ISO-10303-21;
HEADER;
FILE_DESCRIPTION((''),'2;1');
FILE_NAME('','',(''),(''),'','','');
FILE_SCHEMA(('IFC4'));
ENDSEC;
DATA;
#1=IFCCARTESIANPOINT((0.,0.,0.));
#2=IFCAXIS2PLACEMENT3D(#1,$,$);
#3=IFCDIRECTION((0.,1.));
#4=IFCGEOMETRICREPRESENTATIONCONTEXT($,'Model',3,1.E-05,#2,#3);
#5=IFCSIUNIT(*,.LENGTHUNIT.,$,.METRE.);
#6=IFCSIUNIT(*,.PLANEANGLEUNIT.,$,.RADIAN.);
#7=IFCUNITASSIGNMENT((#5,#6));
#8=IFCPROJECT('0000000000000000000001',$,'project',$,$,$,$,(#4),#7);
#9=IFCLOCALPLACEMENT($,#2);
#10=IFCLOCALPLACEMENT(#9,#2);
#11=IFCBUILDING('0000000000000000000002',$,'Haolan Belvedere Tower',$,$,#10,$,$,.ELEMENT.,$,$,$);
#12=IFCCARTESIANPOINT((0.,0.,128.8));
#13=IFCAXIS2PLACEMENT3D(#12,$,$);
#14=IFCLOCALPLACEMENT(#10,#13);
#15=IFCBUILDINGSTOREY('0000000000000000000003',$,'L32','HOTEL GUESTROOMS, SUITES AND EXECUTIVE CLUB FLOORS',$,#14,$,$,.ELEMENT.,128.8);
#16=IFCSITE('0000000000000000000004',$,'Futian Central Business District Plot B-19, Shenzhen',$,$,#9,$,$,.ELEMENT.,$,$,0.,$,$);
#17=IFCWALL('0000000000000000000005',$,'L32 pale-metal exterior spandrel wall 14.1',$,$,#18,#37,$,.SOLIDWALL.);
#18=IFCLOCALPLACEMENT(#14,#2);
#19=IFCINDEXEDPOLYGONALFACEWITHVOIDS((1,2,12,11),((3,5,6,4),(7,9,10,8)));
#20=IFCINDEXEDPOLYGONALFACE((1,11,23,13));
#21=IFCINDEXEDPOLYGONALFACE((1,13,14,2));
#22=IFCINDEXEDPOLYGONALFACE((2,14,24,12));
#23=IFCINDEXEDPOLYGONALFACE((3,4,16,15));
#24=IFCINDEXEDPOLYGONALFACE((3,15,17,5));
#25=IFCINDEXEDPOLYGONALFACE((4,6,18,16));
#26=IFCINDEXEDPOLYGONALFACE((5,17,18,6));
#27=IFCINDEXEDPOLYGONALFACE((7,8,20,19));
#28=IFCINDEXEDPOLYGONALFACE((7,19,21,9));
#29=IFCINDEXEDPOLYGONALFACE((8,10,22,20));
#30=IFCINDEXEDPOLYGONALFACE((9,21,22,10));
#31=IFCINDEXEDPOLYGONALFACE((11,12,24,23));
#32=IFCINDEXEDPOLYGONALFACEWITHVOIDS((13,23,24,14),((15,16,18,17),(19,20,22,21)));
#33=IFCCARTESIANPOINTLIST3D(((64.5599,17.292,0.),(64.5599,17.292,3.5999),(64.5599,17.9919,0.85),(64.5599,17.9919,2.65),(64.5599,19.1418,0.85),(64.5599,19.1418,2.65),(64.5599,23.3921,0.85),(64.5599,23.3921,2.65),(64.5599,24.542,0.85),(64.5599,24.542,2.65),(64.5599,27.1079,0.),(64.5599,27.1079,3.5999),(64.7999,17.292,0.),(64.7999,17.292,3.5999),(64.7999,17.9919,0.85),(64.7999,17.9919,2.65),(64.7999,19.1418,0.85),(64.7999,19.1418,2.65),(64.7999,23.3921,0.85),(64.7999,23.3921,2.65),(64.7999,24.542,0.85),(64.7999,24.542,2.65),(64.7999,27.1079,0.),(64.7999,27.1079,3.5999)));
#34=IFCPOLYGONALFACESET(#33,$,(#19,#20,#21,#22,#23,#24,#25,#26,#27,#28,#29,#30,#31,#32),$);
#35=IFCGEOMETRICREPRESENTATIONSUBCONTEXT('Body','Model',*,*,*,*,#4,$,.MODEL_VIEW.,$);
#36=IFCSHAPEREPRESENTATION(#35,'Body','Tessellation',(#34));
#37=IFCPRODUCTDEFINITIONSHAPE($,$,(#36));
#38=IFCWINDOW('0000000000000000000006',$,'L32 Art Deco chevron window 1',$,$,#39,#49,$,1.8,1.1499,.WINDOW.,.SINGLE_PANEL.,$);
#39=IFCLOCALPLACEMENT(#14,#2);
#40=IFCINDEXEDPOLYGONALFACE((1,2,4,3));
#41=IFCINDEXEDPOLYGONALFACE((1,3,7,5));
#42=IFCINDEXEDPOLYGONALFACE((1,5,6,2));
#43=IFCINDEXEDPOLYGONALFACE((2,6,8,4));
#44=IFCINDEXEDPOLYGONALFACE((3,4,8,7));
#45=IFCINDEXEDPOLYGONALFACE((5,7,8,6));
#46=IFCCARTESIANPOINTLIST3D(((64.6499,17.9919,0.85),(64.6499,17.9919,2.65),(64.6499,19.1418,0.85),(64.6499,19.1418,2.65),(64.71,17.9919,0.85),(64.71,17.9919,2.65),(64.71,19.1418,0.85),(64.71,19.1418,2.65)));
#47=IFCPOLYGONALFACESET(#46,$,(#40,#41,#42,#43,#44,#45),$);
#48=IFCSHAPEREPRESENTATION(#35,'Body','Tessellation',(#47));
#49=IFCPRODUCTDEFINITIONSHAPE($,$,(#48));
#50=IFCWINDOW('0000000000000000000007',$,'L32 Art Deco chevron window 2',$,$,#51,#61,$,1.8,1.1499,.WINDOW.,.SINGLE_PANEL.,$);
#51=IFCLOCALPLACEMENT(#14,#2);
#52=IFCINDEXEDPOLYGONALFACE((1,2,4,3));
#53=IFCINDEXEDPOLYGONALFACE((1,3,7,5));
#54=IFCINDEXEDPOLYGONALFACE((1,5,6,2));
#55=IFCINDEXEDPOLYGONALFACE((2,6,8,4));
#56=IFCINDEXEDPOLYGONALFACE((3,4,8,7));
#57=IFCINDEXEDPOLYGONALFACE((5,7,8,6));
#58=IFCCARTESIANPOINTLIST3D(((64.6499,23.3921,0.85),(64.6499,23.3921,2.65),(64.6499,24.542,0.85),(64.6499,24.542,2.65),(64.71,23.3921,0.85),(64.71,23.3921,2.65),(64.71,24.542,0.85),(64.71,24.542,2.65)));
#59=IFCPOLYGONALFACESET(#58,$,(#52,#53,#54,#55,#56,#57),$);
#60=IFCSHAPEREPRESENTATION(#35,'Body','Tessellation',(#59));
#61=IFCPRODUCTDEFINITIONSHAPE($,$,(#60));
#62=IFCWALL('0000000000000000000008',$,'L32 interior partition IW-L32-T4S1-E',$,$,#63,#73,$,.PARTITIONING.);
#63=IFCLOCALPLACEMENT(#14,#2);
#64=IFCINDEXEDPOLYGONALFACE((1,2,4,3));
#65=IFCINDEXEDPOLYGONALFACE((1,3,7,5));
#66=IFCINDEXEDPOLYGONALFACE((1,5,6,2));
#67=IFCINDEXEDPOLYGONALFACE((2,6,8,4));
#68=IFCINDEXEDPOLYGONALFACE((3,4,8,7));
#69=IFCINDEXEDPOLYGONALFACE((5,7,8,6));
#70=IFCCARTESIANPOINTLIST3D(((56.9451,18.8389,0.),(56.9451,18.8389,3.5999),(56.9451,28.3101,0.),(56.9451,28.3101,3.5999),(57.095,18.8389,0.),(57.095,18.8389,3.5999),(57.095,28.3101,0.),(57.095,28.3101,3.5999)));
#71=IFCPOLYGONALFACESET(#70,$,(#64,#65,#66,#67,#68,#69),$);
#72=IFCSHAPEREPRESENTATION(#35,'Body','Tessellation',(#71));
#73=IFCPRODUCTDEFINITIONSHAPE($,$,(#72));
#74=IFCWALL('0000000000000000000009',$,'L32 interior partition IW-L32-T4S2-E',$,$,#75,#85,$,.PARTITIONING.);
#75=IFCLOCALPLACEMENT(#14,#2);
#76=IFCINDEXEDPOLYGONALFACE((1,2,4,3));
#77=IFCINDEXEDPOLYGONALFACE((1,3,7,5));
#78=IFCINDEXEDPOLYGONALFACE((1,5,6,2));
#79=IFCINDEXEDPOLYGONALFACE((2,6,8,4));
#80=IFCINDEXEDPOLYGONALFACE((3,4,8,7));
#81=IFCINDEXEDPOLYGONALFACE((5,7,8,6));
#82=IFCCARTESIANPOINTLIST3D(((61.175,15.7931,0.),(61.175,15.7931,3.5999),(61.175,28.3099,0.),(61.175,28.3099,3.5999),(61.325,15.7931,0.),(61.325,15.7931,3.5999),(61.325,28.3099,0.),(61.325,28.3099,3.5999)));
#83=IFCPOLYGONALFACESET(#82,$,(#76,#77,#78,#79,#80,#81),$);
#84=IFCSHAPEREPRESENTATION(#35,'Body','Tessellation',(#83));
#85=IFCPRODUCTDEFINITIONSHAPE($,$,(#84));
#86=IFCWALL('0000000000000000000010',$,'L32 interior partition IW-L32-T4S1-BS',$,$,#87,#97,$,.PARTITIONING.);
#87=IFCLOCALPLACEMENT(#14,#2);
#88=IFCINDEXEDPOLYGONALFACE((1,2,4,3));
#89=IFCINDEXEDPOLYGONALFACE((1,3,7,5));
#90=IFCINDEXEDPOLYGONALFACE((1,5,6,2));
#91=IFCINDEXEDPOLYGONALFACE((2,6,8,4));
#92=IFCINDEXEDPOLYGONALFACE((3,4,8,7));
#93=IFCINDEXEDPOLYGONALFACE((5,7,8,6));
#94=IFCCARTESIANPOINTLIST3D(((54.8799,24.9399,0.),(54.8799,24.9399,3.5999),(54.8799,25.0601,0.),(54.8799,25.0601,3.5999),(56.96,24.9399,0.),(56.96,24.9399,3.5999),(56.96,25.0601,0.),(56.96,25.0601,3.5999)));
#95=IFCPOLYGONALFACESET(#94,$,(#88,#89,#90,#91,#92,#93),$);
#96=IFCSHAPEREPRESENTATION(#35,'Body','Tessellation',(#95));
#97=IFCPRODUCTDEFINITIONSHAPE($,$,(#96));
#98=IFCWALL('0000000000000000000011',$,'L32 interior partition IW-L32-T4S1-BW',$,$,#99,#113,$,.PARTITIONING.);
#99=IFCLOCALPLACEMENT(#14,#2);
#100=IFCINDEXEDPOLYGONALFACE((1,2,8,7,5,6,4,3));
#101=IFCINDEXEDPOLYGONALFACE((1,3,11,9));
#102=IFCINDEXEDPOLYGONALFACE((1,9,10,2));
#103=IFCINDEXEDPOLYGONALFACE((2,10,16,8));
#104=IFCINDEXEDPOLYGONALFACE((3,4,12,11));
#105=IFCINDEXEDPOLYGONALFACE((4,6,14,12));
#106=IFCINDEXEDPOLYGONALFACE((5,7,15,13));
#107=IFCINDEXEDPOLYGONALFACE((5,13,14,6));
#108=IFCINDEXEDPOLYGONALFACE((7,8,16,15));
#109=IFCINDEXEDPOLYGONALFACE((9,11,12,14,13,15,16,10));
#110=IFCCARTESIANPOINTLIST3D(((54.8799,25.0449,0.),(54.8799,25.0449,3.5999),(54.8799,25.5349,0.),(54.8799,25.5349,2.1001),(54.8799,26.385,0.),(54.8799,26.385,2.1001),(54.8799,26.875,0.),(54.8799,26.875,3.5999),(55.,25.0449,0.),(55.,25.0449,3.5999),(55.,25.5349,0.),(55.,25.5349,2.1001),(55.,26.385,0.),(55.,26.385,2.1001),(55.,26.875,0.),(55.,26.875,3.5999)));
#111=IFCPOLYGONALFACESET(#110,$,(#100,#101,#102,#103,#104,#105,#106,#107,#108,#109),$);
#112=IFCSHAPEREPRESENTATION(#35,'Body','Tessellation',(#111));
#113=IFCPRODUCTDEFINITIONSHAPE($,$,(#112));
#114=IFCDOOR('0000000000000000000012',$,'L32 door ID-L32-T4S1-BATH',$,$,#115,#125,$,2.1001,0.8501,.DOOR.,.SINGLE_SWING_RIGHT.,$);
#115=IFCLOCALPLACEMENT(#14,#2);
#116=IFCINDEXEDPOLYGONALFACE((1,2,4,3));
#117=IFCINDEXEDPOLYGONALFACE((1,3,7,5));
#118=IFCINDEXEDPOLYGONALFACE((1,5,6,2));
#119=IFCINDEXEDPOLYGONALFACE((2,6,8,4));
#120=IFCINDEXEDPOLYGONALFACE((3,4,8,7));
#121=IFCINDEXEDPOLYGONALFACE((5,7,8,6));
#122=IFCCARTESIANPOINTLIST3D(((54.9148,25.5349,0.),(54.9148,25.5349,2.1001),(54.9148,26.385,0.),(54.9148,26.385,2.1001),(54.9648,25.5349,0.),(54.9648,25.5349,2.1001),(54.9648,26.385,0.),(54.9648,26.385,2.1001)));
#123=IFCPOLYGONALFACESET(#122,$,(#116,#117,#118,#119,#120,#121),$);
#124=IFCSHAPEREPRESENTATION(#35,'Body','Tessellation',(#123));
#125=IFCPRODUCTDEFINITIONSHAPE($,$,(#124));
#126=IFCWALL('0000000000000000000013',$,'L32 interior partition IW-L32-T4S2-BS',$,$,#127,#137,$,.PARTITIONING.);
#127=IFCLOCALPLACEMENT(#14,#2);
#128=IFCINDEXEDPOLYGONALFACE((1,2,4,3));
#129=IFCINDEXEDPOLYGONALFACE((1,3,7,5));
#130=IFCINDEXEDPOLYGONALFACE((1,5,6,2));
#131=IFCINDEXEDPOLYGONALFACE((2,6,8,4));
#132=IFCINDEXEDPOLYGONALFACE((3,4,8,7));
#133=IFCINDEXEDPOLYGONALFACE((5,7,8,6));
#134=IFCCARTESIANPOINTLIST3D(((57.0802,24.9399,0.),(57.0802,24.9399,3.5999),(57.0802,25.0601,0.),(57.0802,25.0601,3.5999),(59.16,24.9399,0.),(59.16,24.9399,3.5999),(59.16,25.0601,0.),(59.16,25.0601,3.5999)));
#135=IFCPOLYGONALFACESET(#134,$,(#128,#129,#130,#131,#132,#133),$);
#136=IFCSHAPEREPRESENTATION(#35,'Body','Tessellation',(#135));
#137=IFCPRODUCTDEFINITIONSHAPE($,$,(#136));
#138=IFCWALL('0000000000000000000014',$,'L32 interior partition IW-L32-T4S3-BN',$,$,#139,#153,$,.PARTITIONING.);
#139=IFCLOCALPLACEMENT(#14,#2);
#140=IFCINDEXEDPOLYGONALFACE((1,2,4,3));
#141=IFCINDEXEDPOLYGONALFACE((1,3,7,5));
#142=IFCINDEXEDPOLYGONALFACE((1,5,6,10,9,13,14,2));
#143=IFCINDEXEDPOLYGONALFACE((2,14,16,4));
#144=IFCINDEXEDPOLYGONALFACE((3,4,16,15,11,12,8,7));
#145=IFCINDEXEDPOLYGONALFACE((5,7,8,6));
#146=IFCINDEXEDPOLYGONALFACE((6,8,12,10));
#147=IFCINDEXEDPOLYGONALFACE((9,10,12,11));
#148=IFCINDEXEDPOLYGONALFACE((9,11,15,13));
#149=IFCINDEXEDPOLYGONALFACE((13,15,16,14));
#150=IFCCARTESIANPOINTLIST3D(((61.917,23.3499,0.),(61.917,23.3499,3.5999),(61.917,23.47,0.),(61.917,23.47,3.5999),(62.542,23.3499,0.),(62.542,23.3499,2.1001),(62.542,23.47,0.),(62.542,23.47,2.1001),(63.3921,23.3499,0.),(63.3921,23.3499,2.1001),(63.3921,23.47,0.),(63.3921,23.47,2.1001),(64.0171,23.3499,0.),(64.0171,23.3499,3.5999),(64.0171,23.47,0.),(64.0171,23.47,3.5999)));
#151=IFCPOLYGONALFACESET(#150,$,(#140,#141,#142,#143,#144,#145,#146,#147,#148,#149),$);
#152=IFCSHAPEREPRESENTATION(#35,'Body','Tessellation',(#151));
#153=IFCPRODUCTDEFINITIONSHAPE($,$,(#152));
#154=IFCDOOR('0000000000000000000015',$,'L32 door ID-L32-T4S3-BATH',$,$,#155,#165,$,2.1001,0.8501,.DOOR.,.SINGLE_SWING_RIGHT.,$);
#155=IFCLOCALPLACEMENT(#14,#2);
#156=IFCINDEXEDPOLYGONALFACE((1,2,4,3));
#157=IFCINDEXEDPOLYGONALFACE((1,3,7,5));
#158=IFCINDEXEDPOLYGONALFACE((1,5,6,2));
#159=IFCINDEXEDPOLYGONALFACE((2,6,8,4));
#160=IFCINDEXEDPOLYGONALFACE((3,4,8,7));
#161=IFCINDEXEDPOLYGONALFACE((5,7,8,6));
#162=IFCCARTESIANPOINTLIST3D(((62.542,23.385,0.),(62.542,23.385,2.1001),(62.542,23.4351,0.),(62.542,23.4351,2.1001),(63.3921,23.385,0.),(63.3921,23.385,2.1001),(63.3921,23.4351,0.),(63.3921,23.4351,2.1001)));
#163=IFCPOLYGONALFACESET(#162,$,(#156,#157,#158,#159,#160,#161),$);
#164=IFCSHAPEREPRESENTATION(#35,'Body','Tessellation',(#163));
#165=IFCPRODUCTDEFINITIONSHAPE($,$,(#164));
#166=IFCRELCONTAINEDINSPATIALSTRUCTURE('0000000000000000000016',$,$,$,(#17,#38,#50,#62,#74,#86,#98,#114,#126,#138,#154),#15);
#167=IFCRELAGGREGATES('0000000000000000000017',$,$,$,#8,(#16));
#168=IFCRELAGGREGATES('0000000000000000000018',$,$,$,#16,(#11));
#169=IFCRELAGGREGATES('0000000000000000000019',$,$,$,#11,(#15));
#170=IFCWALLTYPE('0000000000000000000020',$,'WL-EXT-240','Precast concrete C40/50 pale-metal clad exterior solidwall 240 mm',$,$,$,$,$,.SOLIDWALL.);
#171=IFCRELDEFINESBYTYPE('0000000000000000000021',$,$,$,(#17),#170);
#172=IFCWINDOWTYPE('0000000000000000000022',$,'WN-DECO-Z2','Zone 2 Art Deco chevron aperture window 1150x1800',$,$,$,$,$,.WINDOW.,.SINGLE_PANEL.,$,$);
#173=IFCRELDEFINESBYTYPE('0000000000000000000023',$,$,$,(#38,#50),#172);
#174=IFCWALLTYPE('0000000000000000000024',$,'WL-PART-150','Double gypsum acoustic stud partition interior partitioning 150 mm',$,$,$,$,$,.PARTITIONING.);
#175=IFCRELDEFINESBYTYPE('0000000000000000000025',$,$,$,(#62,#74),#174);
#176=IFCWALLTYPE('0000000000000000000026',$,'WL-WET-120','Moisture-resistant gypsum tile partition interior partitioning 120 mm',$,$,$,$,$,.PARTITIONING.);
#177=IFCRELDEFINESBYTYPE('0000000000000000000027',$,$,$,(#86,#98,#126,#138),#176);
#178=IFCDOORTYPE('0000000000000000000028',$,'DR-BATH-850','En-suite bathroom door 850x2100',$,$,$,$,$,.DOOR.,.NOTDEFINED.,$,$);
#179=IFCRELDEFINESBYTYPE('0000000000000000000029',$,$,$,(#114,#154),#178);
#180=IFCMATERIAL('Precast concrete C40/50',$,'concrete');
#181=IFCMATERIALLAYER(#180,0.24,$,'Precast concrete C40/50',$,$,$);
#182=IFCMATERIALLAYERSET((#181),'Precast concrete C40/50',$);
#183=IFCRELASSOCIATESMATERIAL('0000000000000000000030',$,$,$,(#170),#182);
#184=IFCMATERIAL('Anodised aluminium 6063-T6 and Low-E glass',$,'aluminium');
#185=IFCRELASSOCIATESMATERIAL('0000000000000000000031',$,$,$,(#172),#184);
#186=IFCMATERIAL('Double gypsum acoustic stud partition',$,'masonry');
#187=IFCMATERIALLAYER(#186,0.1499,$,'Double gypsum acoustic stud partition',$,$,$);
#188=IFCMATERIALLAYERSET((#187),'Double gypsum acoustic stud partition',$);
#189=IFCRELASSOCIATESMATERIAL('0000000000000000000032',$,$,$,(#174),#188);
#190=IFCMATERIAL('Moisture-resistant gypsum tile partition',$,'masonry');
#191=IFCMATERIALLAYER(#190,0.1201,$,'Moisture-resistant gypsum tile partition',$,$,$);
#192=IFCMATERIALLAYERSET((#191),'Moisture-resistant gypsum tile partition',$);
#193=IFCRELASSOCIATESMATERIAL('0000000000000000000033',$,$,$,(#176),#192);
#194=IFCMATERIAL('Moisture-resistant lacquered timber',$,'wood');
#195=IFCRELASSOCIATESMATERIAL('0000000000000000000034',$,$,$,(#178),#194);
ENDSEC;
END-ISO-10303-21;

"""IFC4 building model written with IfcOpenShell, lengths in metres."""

from ifc_helpers import new_model, si_unit, direction, frame, frame_2d, origin, place, context, subcontext, project, spatial, rectangle, extrude, material, layer, layer_set, type_object, element, fill, save


model = new_model("IFC4")

# Units and contexts
model_context = context("Model", 3, precision=1e-05, world=origin(), true_north=direction((0.0, 1.0)))
body_context = subcontext(model_context, "Body", "Model", "MODEL_VIEW")
ifc_project = project(units=[si_unit("LENGTHUNIT", "METRE"), si_unit("PLANEANGLEUNIT", "RADIAN")], contexts=[model_context])

# Site, building, storey
site_placement = place(None, origin())
site = spatial("IfcSite", under=ifc_project, at=site_placement, Name="Futian Central Business District Plot B-19, Shenzhen", CompositionType="ELEMENT", RefElevation=0.0)
building_placement = place(site_placement, origin())
building = spatial("IfcBuilding", under=site, at=building_placement, Name="Haolan Belvedere Tower", CompositionType="ELEMENT")
storey_placement = place(building_placement, frame((0.0, 0.0, 128.8)))
storey = spatial("IfcBuildingStorey", under=building, at=storey_placement, Name="L32", Description="HOTEL GUESTROOMS, SUITES AND EXECUTIVE CLUB FLOORS", CompositionType="ELEMENT", Elevation=128.8)

# Shared definitions
ifc_material_1 = material(Name="Precast concrete C40/50", Category="concrete")
ifc_layer_1 = layer(ifc_material_1, 0.24, Name="Precast concrete C40/50")
ifc_layer_set_1 = layer_set([ifc_layer_1], Name="Precast concrete C40/50")
wall_type_1 = type_object("IfcWallType", Name="WL-EXT-240", Description="Precast concrete C40/50 pale-metal clad exterior solidwall 240 mm", PredefinedType="SOLIDWALL", material=ifc_layer_set_1)
ifc_material_2 = material(Name="Anodised aluminium 6063-T6 and Low-E glass", Category="aluminium")
window_type = type_object("IfcWindowType", Name="WN-DECO-Z2", Description="Zone 2 Art Deco chevron aperture window 1150x1800", PartitioningType="SINGLE_PANEL", PredefinedType="WINDOW", material=ifc_material_2)

# Wall, openings, windows
wall_1_placement = place(storey_placement, frame((64.6799, 17.292, 0.0), z_axis=(0.0, 0.0, 1.0), x_axis=(0.0, 1.0, 0.0)))
wall_1 = element("IfcWall", 1, at=wall_1_placement, inside=storey, type_object=wall_type_1, Name="L32 pale-metal exterior spandrel wall 14.1", PredefinedType="SOLIDWALL", context=body_context, shape_type="SweptSolid", body=[
    extrude(rectangle(XDim=9.8159, YDim=0.24, at=frame_2d((4.908, 0.0))), origin(), (0.0, 0.0, 1.0), 3.5999),
])
opening_1_placement = place(wall_1_placement, frame((0.7, 0.0, 0.8501)))
opening_1 = element("IfcOpeningElement", 2, at=opening_1_placement, cuts=wall_1, PredefinedType="OPENING", context=body_context, shape_type="SweptSolid", body=[
    extrude(rectangle(XDim=1.1499, YDim=1.8, at=frame_2d((0.575, 0.8999))), frame((0.0, 0.1299, 0.0), z_axis=(0.0, -1.0, 0.0), x_axis=(1.0, 0.0, 0.0)), (0.0, 0.0, 1.0), 0.26),
])
opening_2_placement = place(wall_1_placement, frame((6.1001, 0.0, 0.8501)))
opening_2 = element("IfcOpeningElement", 3, at=opening_2_placement, cuts=wall_1, PredefinedType="OPENING", context=body_context, shape_type="SweptSolid", body=[
    extrude(rectangle(XDim=1.1499, YDim=1.8, at=frame_2d((0.575, 0.8999))), frame((0.0, 0.1299, 0.0), z_axis=(0.0, -1.0, 0.0), x_axis=(1.0, 0.0, 0.0)), (0.0, 0.0, 1.0), 0.26),
])
window_1_placement = place(opening_1_placement, origin())
window_1 = element("IfcWindow", 4, at=window_1_placement, inside=storey, type_object=window_type, Name="L32 Art Deco chevron window 1", OverallHeight=1.8, OverallWidth=1.1499, PartitioningType="SINGLE_PANEL", PredefinedType="WINDOW", context=body_context, shape_type="SweptSolid", body=[
    extrude(rectangle(XDim=1.1499, YDim=1.8, at=frame_2d((0.575, 0.8999))), frame((0.0, 0.03, 0.0), z_axis=(0.0, -1.0, 0.0), x_axis=(1.0, 0.0, 0.0)), (0.0, 0.0, 1.0), 0.0601),
])
fill(opening_1, window_1)
window_2_placement = place(opening_2_placement, origin())
window_2 = element("IfcWindow", 5, at=window_2_placement, inside=storey, type_object=window_type, Name="L32 Art Deco chevron window 2", OverallHeight=1.8, OverallWidth=1.1499, PartitioningType="SINGLE_PANEL", PredefinedType="WINDOW", context=body_context, shape_type="SweptSolid", body=[
    extrude(rectangle(XDim=1.1499, YDim=1.8, at=frame_2d((0.575, 0.8999))), frame((0.0, 0.03, 0.0), z_axis=(0.0, -1.0, 0.0), x_axis=(1.0, 0.0, 0.0)), (0.0, 0.0, 1.0), 0.0601),
])
fill(opening_2, window_2)

# Walls
ifc_material_3 = material(Name="Double gypsum acoustic stud partition", Category="masonry")
ifc_layer_2 = layer(ifc_material_3, 0.1499, Name="Double gypsum acoustic stud partition")
ifc_layer_set_2 = layer_set([ifc_layer_2], Name="Double gypsum acoustic stud partition")
wall_type_2 = type_object("IfcWallType", Name="WL-PART-150", Description="Double gypsum acoustic stud partition interior partitioning 150 mm", PredefinedType="PARTITIONING", material=ifc_layer_set_2)
wall_2_placement = place(storey_placement, frame((57.02, 18.8389, 0.0), z_axis=(0.0, 0.0, 1.0), x_axis=(0.0, 1.0, 0.0)))
element("IfcWall", 6, at=wall_2_placement, inside=storey, type_object=wall_type_2, Name="L32 interior partition IW-L32-T4S1-E", PredefinedType="PARTITIONING", context=body_context, shape_type="SweptSolid", body=[
    extrude(rectangle(XDim=9.4712, YDim=0.1499, at=frame_2d((4.7356, 0.0))), origin(), (0.0, 0.0, 1.0), 3.5999),
])
wall_3_placement = place(storey_placement, frame((61.25, 15.7932, 0.0), z_axis=(0.0, 0.0, 1.0), x_axis=(0.0, 1.0, 0.0)))
element("IfcWall", 7, at=wall_3_placement, inside=storey, type_object=wall_type_2, Name="L32 interior partition IW-L32-T4S2-E", PredefinedType="PARTITIONING", context=body_context, shape_type="SweptSolid", body=[
    extrude(rectangle(XDim=12.5168, YDim=0.1499, at=frame_2d((6.2583, 0.0))), origin(), (0.0, 0.0, 1.0), 3.5999),
])
ifc_material_4 = material(Name="Moisture-resistant gypsum tile partition", Category="masonry")
ifc_layer_3 = layer(ifc_material_4, 0.1201, Name="Moisture-resistant gypsum tile partition")
ifc_layer_set_3 = layer_set([ifc_layer_3], Name="Moisture-resistant gypsum tile partition")
wall_type_3 = type_object("IfcWallType", Name="WL-WET-120", Description="Moisture-resistant gypsum tile partition interior partitioning 120 mm", PredefinedType="PARTITIONING", material=ifc_layer_set_3)
wall_4_placement = place(storey_placement, frame((54.8799, 25.0, 0.0), z_axis=(0.0, 0.0, 1.0), x_axis=(1.0, 0.0, 0.0)))
element("IfcWall", 8, at=wall_4_placement, inside=storey, type_object=wall_type_3, Name="L32 interior partition IW-L32-T4S1-BS", PredefinedType="PARTITIONING", context=body_context, shape_type="SweptSolid", body=[
    extrude(rectangle(XDim=2.0801, YDim=0.1201, at=frame_2d((1.04, 0.0))), origin(), (0.0, 0.0, 1.0), 3.5999),
])

# Wall, opening, door
wall_5_placement = place(storey_placement, frame((54.9399, 25.0449, 0.0), z_axis=(0.0, 0.0, 1.0), x_axis=(0.0, 1.0, 0.0)))
wall_5 = element("IfcWall", 9, at=wall_5_placement, inside=storey, type_object=wall_type_3, Name="L32 interior partition IW-L32-T4S1-BW", PredefinedType="PARTITIONING", context=body_context, shape_type="SweptSolid", body=[
    extrude(rectangle(XDim=1.8301, YDim=0.1201, at=frame_2d((0.915, 0.0))), origin(), (0.0, 0.0, 1.0), 3.5999),
])
opening_3_placement = place(wall_5_placement, frame((1.3401, 0.0, 0.0), z_axis=(0.0, 0.0, 1.0), x_axis=(-1.0, 0.0, 0.0)))
opening_3 = element("IfcOpeningElement", 10, at=opening_3_placement, cuts=wall_5, PredefinedType="OPENING", context=body_context, shape_type="SweptSolid", body=[
    extrude(rectangle(XDim=0.8501, YDim=2.1001, at=frame_2d((0.425, 1.05))), frame((0.0, 0.0701, 0.0), z_axis=(0.0, -1.0, 0.0), x_axis=(1.0, 0.0, 0.0)), (0.0, 0.0, 1.0), 0.1401),
])
ifc_material_5 = material(Name="Moisture-resistant lacquered timber", Category="wood")
door_type = type_object("IfcDoorType", Name="DR-BATH-850", Description="En-suite bathroom door 850x2100", OperationType="NOTDEFINED", PredefinedType="DOOR", material=ifc_material_5)
door_1_placement = place(opening_3_placement, origin())
door_1 = element("IfcDoor", 11, at=door_1_placement, inside=storey, type_object=door_type, Name="L32 door ID-L32-T4S1-BATH", OperationType="SINGLE_SWING_RIGHT", OverallHeight=2.1001, OverallWidth=0.8501, PredefinedType="DOOR", context=body_context, shape_type="SweptSolid", body=[
    extrude(rectangle(XDim=0.8501, YDim=2.1001, at=frame_2d((0.425, 1.05))), frame((0.0, 0.0249, 0.0), z_axis=(0.0, -1.0, 0.0), x_axis=(1.0, 0.0, 0.0)), (0.0, 0.0, 1.0), 0.05),
])
fill(opening_3, door_1)

# Wall
wall_6_placement = place(storey_placement, frame((57.0801, 25.0, 0.0), z_axis=(0.0, 0.0, 1.0), x_axis=(1.0, 0.0, 0.0)))
element("IfcWall", 12, at=wall_6_placement, inside=storey, type_object=wall_type_3, Name="L32 interior partition IW-L32-T4S2-BS", PredefinedType="PARTITIONING", context=body_context, shape_type="SweptSolid", body=[
    extrude(rectangle(XDim=2.0798, YDim=0.1201, at=frame_2d((1.04, 0.0))), origin(), (0.0, 0.0, 1.0), 3.5999),
])

# Wall, opening, door
wall_7_placement = place(storey_placement, frame((61.917, 23.4099, 0.0), z_axis=(0.0, 0.0, 1.0), x_axis=(1.0, 0.0, 0.0)))
wall_7 = element("IfcWall", 13, at=wall_7_placement, inside=storey, type_object=wall_type_3, Name="L32 interior partition IW-L32-T4S3-BN", PredefinedType="PARTITIONING", context=body_context, shape_type="SweptSolid", body=[
    extrude(rectangle(XDim=2.1001, YDim=0.1201, at=frame_2d((1.05, 0.0))), origin(), (0.0, 0.0, 1.0), 3.5999),
])
opening_4_placement = place(wall_7_placement, frame((1.4751, 0.0, 0.0), z_axis=(0.0, 0.0, 1.0), x_axis=(-1.0, 0.0, 0.0)))
opening_4 = element("IfcOpeningElement", 14, at=opening_4_placement, cuts=wall_7, PredefinedType="OPENING", context=body_context, shape_type="SweptSolid", body=[
    extrude(rectangle(XDim=0.8501, YDim=2.1001, at=frame_2d((0.425, 1.05))), frame((0.0, 0.0701, 0.0), z_axis=(0.0, -1.0, 0.0), x_axis=(1.0, 0.0, 0.0)), (0.0, 0.0, 1.0), 0.1401),
])
door_2_placement = place(opening_4_placement, origin())
door_2 = element("IfcDoor", 15, at=door_2_placement, inside=storey, type_object=door_type, Name="L32 door ID-L32-T4S3-BATH", OperationType="SINGLE_SWING_RIGHT", OverallHeight=2.1001, OverallWidth=0.8501, PredefinedType="DOOR", context=body_context, shape_type="SweptSolid", body=[
    extrude(rectangle(XDim=0.8501, YDim=2.1001, at=frame_2d((0.425, 1.05))), frame((0.0, 0.0249, 0.0), z_axis=(0.0, -1.0, 0.0), x_axis=(1.0, 0.0, 0.0)), (0.0, 0.0, 1.0), 0.05),
])
fill(opening_4, door_2)

save(model, "model.ifc")
